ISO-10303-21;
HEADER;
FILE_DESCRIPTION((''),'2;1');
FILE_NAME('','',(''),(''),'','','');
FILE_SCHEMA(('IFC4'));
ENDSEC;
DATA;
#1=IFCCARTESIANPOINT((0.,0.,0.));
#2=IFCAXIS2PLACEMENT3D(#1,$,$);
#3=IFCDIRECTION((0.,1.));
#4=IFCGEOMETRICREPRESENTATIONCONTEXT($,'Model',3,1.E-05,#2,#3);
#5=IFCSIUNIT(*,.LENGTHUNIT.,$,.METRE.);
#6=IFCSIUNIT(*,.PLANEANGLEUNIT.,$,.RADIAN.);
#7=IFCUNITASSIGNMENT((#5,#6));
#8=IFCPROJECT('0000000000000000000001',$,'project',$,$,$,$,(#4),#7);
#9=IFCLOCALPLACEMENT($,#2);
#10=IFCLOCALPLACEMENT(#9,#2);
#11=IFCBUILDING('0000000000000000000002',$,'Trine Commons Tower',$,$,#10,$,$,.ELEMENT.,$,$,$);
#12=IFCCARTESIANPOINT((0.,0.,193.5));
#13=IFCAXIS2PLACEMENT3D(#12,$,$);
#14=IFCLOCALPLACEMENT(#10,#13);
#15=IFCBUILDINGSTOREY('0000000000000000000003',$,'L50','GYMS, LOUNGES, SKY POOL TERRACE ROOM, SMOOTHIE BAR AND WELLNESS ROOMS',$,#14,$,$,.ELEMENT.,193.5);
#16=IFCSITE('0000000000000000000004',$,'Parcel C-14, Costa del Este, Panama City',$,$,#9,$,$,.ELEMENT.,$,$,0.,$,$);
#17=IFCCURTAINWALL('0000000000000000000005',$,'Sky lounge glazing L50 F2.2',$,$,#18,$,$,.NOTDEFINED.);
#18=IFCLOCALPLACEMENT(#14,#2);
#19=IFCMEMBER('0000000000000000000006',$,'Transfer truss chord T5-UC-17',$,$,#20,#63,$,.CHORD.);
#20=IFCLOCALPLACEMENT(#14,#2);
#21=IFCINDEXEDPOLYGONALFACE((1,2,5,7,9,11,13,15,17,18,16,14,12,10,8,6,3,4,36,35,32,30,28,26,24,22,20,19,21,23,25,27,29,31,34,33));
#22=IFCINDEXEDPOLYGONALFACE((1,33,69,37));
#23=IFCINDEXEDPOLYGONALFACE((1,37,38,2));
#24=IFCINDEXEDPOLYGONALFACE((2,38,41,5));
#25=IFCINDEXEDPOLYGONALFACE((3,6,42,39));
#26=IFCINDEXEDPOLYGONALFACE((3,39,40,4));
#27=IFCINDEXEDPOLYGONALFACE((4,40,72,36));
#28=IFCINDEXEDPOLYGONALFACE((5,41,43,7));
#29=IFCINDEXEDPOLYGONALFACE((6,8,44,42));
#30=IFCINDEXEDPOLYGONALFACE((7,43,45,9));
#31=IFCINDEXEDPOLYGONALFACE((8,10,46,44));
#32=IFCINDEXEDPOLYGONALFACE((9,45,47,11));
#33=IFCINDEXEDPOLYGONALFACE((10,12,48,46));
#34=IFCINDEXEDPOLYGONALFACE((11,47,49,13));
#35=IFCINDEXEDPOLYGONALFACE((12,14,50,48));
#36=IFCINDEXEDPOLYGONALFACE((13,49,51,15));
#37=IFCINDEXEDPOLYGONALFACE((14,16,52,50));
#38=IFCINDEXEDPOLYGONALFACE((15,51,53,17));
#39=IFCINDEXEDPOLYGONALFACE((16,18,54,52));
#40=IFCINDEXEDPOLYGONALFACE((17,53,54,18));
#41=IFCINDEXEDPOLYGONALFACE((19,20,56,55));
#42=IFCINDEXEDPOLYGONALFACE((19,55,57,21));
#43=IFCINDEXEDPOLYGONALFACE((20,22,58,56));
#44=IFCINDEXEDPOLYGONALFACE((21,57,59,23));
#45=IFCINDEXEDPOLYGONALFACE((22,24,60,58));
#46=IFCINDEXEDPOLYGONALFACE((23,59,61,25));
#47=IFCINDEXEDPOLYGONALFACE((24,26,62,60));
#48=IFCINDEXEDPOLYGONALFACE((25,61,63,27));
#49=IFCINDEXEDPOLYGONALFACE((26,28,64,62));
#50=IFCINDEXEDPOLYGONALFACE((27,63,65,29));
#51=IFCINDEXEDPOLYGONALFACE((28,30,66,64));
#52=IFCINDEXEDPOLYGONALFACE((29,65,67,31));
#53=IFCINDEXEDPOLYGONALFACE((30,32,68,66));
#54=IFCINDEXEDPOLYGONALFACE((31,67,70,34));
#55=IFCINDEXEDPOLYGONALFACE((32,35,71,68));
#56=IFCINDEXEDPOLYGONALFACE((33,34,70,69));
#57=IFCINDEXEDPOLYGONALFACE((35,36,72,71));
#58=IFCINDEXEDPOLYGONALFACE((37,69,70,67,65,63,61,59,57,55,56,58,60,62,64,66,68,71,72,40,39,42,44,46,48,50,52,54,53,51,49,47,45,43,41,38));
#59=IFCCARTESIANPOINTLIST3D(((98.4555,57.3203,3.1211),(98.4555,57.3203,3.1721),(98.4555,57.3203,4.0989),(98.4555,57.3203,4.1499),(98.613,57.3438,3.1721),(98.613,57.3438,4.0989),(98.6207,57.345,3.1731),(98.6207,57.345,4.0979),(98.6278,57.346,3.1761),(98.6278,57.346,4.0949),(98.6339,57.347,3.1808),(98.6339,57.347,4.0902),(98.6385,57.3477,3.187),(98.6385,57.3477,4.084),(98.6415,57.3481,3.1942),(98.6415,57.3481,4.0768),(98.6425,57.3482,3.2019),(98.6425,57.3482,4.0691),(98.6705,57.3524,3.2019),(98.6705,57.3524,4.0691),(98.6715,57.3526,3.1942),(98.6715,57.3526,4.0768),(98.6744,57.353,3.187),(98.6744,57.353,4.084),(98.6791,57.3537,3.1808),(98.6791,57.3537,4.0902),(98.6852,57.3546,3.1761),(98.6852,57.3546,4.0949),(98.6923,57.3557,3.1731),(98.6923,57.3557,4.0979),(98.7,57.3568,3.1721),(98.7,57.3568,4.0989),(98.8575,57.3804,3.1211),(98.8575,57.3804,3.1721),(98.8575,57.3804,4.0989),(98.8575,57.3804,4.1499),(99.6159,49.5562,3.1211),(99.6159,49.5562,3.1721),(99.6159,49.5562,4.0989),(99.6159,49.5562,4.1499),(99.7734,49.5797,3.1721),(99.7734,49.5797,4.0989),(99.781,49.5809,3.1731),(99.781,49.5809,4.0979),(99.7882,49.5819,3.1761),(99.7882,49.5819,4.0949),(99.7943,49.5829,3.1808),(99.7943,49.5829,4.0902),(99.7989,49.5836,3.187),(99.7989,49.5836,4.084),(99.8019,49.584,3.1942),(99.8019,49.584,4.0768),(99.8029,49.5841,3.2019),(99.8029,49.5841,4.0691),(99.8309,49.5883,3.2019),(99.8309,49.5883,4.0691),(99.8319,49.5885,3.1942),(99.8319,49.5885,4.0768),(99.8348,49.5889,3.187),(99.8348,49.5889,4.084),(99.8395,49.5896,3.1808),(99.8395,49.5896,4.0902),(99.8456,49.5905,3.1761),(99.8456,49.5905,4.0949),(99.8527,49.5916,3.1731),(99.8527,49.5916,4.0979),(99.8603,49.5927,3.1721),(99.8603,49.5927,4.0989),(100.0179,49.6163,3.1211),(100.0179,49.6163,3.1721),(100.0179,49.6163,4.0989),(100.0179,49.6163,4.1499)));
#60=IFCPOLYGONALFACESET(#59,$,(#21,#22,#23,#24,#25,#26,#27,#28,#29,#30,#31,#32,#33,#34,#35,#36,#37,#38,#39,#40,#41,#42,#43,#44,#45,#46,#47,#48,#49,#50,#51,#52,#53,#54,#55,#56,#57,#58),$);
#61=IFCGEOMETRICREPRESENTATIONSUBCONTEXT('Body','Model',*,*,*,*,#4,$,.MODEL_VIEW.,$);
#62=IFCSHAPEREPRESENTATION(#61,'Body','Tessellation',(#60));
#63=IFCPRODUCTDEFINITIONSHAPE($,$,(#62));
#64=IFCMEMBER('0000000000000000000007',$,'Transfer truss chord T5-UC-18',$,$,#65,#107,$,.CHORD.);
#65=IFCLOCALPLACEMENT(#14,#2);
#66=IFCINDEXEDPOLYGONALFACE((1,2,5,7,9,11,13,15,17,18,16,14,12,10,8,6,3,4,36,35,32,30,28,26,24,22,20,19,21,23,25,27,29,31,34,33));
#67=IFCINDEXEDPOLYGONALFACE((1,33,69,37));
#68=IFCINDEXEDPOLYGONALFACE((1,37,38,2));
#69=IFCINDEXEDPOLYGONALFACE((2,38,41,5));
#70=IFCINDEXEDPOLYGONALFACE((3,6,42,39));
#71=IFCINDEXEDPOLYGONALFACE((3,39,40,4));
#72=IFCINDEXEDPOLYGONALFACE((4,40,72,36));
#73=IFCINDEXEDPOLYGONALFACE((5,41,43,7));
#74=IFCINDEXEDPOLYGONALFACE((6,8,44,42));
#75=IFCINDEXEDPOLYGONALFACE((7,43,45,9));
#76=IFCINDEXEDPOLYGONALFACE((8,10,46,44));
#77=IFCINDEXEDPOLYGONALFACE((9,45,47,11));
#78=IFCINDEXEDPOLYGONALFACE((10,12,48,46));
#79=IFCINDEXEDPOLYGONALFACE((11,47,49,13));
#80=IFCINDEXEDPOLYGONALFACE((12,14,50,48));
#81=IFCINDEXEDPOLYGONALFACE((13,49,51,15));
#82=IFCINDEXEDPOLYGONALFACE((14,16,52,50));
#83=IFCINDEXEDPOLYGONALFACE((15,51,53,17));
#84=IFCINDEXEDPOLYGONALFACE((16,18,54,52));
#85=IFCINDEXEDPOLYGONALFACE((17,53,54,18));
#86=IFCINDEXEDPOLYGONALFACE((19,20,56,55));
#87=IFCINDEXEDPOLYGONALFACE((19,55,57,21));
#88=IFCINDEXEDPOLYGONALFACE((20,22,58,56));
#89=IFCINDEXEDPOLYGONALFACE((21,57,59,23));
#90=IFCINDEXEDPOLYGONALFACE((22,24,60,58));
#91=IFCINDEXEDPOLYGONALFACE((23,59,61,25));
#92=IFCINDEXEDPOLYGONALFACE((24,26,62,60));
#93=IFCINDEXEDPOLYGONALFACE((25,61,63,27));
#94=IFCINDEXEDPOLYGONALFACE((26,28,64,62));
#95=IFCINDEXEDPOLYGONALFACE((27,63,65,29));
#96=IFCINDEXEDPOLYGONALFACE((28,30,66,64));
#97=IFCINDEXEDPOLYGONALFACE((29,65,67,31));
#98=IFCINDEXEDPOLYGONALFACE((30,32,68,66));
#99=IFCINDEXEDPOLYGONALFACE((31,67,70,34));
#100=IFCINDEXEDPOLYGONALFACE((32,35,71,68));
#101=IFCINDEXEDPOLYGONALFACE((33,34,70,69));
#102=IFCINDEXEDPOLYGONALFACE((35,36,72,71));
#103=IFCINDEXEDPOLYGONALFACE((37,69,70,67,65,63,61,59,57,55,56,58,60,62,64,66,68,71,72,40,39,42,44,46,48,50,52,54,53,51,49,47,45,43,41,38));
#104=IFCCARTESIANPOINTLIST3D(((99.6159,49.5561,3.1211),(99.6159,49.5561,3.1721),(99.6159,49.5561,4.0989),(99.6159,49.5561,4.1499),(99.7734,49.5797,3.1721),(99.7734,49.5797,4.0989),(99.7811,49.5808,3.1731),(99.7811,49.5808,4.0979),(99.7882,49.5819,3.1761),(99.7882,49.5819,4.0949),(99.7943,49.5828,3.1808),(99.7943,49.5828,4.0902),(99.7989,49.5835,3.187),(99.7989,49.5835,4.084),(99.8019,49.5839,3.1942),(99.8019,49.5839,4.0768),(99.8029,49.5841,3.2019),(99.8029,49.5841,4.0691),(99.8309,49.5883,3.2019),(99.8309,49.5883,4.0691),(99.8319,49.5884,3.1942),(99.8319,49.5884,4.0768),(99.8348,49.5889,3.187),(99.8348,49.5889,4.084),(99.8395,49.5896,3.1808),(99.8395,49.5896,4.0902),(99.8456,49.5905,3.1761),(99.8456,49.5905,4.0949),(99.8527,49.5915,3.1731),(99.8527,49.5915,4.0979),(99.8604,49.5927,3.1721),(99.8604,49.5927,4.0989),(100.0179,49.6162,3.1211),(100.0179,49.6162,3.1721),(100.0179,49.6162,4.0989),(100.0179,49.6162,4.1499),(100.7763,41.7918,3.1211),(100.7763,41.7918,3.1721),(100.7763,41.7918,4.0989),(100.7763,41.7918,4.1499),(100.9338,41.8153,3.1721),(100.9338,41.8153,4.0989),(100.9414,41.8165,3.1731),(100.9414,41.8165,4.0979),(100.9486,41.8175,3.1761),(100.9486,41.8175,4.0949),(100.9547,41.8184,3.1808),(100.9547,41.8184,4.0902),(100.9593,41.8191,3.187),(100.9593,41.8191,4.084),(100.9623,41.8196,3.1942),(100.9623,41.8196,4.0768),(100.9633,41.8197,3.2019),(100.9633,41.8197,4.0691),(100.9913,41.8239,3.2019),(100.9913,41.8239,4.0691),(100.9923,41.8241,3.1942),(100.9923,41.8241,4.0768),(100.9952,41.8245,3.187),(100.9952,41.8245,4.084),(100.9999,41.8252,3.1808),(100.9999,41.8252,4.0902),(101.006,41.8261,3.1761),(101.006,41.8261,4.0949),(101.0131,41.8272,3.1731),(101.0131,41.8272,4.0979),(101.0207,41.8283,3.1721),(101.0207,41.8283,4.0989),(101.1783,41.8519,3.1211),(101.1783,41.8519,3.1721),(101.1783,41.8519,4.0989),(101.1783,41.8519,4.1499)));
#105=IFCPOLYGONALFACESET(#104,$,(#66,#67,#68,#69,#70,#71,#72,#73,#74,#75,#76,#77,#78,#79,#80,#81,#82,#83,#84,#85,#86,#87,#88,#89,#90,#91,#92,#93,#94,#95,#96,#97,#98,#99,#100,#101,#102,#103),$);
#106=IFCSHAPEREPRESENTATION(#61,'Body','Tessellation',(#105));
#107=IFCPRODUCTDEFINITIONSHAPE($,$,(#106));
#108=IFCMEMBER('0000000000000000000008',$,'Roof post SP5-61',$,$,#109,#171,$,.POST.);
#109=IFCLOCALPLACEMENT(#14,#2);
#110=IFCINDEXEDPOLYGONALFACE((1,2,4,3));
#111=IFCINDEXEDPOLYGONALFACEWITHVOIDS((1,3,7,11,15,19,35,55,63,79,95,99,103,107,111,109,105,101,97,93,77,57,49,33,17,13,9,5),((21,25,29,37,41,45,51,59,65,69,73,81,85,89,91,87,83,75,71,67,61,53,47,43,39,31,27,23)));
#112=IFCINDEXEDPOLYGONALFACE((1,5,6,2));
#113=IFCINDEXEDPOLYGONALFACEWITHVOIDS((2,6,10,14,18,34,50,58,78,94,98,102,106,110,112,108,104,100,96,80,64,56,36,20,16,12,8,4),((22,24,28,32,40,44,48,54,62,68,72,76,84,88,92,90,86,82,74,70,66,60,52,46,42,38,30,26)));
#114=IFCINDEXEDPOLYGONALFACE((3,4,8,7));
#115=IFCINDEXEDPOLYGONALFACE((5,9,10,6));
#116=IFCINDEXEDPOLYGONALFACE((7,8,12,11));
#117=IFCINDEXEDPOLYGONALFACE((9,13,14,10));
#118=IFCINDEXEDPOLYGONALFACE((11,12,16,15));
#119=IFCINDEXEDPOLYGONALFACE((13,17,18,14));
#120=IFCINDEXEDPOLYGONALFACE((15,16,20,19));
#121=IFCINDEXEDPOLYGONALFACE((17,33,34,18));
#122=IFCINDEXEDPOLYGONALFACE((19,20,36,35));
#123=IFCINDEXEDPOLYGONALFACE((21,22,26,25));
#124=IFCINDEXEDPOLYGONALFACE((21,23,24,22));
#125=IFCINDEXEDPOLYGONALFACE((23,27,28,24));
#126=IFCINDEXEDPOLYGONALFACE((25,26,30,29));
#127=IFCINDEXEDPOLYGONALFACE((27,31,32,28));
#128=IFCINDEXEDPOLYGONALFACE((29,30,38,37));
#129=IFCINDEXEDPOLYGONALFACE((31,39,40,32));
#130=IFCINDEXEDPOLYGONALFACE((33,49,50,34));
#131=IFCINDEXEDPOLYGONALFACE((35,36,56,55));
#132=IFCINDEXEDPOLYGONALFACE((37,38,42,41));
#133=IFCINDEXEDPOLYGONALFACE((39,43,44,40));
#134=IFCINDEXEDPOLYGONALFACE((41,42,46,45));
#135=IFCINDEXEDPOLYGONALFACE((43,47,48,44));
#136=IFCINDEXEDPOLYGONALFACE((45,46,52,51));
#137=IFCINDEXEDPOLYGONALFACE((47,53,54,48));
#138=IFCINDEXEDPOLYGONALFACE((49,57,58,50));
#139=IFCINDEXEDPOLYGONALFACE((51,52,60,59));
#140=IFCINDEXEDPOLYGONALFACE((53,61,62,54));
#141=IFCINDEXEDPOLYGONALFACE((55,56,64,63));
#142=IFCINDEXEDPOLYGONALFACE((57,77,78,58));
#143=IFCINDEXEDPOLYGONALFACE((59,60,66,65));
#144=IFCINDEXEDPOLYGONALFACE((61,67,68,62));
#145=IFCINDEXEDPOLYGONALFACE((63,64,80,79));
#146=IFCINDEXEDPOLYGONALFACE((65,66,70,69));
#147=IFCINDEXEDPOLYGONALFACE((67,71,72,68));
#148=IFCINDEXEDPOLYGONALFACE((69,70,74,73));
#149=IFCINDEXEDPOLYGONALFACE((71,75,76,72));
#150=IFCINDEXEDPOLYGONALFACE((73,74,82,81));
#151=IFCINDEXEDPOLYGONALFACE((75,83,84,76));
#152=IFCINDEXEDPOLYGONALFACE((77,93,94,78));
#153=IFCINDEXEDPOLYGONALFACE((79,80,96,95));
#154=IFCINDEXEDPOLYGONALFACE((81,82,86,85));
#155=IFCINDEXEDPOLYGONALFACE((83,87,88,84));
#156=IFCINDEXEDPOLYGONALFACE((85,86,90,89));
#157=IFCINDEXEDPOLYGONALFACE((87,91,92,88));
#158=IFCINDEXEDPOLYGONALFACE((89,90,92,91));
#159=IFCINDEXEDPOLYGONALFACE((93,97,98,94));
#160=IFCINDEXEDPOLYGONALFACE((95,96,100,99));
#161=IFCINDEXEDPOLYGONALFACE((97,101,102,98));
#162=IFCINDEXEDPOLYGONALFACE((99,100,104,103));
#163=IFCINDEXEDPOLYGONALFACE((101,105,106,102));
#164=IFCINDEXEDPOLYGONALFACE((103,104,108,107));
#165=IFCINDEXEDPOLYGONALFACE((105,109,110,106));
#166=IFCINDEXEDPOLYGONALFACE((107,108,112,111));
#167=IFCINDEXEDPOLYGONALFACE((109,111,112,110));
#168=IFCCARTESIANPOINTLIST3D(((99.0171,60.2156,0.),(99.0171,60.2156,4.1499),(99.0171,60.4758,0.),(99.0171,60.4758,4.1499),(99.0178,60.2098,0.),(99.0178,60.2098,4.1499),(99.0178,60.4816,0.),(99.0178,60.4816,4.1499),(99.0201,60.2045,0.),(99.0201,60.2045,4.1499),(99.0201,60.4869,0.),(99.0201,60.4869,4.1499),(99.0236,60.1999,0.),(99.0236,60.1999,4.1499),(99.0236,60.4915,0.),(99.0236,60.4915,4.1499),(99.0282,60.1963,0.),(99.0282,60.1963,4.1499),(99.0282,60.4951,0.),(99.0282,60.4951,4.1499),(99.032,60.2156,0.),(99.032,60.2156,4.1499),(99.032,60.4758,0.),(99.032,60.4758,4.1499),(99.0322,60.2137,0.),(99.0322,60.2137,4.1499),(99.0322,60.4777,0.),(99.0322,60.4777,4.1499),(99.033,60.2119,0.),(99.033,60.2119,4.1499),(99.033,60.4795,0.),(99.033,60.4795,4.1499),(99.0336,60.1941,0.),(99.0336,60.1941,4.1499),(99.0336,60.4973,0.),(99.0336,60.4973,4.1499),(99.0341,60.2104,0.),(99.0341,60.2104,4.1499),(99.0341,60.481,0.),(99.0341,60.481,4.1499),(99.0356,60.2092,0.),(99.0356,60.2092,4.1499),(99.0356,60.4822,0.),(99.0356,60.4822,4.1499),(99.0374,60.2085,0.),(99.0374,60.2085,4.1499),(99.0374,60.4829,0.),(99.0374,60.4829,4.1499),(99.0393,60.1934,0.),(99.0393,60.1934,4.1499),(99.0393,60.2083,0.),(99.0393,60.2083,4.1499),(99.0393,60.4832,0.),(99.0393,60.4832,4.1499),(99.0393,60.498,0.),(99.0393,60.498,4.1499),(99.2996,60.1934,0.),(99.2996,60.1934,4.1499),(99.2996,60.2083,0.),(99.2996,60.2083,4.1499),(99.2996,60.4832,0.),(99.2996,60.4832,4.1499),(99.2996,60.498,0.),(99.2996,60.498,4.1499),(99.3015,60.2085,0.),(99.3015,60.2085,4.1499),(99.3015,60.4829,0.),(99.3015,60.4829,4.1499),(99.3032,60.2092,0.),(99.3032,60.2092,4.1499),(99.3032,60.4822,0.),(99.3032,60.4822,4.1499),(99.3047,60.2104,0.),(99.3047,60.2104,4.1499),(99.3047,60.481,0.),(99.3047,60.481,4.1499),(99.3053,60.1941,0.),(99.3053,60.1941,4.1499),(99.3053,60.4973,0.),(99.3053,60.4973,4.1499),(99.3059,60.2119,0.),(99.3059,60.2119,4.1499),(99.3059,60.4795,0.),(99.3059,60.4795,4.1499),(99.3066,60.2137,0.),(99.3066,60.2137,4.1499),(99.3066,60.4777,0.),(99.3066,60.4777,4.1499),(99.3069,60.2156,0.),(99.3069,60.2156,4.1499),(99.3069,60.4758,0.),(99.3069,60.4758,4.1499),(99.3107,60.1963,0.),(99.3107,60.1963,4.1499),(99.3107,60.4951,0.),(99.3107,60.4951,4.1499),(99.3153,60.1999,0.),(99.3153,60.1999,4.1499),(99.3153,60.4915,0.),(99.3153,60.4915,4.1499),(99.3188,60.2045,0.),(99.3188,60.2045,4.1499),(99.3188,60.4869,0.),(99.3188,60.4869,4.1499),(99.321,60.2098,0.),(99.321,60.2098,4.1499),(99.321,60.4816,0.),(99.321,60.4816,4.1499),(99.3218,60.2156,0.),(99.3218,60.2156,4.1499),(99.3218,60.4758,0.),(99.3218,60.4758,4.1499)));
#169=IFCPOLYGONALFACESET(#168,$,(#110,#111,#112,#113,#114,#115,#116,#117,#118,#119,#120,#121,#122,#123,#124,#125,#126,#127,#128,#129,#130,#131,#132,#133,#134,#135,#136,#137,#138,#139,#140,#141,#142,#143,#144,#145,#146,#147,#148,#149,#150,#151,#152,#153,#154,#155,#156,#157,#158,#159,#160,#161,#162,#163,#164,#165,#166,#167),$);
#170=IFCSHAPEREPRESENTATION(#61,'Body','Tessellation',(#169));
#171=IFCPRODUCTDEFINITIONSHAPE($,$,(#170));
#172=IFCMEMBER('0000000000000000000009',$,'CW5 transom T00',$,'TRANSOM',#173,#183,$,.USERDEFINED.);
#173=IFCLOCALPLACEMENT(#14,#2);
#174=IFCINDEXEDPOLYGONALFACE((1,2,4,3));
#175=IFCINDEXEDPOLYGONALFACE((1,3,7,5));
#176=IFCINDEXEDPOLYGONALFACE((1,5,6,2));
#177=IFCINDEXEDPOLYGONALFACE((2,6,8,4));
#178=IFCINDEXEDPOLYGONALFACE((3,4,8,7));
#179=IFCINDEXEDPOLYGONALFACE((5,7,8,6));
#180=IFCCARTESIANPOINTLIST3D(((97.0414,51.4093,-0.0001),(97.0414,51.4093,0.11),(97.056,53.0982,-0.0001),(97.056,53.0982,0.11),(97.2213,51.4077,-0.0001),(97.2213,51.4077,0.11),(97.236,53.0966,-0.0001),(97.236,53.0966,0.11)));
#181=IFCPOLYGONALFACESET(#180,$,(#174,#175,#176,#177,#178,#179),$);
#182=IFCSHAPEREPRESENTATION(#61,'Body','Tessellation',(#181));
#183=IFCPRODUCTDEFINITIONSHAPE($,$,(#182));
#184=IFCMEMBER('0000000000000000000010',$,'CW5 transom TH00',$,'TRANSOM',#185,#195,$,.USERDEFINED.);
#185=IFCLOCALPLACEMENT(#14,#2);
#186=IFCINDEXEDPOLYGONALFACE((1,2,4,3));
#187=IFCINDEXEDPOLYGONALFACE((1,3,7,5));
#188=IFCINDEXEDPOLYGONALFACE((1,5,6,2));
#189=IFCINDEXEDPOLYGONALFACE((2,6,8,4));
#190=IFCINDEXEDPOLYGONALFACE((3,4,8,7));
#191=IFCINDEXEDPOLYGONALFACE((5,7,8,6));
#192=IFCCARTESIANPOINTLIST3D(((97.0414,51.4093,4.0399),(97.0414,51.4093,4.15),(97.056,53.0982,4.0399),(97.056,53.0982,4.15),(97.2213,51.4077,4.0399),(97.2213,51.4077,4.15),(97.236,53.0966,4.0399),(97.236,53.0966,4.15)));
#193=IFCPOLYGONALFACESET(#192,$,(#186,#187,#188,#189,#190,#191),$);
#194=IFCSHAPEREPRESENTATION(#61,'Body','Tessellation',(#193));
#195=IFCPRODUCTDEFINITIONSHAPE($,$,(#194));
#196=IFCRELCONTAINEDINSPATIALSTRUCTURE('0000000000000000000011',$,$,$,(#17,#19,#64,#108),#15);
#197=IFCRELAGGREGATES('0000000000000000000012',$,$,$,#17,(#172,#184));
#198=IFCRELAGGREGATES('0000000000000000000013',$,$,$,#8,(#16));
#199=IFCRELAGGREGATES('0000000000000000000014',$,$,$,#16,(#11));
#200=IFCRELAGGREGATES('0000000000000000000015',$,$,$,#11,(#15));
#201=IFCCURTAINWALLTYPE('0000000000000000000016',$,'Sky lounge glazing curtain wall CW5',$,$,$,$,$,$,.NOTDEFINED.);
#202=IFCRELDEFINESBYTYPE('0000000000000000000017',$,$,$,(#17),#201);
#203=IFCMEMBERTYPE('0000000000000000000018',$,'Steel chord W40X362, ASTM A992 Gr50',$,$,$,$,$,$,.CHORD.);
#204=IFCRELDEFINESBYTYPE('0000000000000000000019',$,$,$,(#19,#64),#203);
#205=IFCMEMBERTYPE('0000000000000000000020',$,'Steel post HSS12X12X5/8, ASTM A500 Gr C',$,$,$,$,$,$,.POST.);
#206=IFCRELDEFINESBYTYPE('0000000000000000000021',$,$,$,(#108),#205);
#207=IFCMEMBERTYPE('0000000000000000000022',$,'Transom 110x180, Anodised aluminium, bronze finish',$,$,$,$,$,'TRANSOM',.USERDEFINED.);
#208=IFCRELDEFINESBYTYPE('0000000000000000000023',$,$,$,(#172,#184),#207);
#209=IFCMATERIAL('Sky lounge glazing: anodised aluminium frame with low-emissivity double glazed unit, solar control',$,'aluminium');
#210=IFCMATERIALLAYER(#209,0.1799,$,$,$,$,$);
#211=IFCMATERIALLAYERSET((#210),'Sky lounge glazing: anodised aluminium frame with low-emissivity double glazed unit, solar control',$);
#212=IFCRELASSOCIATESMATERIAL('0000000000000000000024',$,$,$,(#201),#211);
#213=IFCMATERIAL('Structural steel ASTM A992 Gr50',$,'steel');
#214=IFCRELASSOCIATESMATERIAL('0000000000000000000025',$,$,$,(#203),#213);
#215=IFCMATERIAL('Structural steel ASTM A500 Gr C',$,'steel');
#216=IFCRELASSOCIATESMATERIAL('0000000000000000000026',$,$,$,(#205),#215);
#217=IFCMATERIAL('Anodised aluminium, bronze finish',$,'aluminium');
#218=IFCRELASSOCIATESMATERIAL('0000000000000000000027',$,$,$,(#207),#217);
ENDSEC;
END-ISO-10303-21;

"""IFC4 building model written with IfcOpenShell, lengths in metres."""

from ifc_helpers import new_model, si_unit, direction, frame, origin, origin_2d, place, context, subcontext, project, spatial, rectangle, hollow_rectangle, i_section, extrude, material, layer, layer_set, material_profile, profile_set, type_object, element, aggregate, save


model = new_model("IFC4")

# Units and contexts
model_context = context("Model", 3, precision=1e-05, world=origin(), true_north=direction((0.0, 1.0)))
body_context = subcontext(model_context, "Body", "Model", "MODEL_VIEW")
ifc_project = project(units=[si_unit("LENGTHUNIT", "METRE"), si_unit("PLANEANGLEUNIT", "RADIAN")], contexts=[model_context])

# Site, building, storey
site_placement = place(None, origin())
site = spatial("IfcSite", under=ifc_project, at=site_placement, Name="Parcel C-14, Costa del Este, Panama City", CompositionType="ELEMENT", RefElevation=0.0)
building_placement = place(site_placement, origin())
building = spatial("IfcBuilding", under=site, at=building_placement, Name="Trine Commons Tower", CompositionType="ELEMENT")
storey_placement = place(building_placement, frame((0.0, 0.0, 193.5)))
storey = spatial("IfcBuildingStorey", under=building, at=storey_placement, Name="L50", Description="GYMS, LOUNGES, SKY POOL TERRACE ROOM, SMOOTHIE BAR AND WELLNESS ROOMS", CompositionType="ELEMENT", Elevation=193.5)

# Curtain wall
ifc_material_1 = material(Name="Sky lounge glazing: anodised aluminium frame with low-emissivity double glazed unit, solar control", Category="aluminium")
ifc_layer_1 = layer(ifc_material_1, 0.1799)
ifc_layer_set_1 = layer_set([ifc_layer_1], Name="Sky lounge glazing: anodised aluminium frame with low-emissivity double glazed unit, solar control")
curtain_wall_type = type_object("IfcCurtainWallType", Name="Sky lounge glazing curtain wall CW5", PredefinedType="NOTDEFINED", material=ifc_layer_set_1)
curtain_wall_1_placement = place(storey_placement, origin())
curtain_wall_1 = element("IfcCurtainWall", 1, at=curtain_wall_1_placement, inside=storey, type_object=curtain_wall_type, Name="Sky lounge glazing L50 F2.2", PredefinedType="NOTDEFINED")
ifc_material_2 = material(Name="Anodised aluminium, bronze finish", Category="aluminium")

# Members
ifc_material_3 = material(Name="Structural steel ASTM A992 Gr50", Category="steel")
ifc_material_profile_1 = material_profile(ifc_material_3, i_section(OverallWidth=0.4065, OverallDepth=1.0288, WebThickness=0.0283, FlangeThickness=0.051, FilletRadius=0.0298, at=origin_2d()), Name="W40X362")
ifc_profile_set_1 = profile_set([ifc_material_profile_1], Name="Structural steel ASTM A992 Gr50")
member_type_1 = type_object("IfcMemberType", Name="Steel chord W40X362, ASTM A992 Gr50", PredefinedType="CHORD", material=ifc_profile_set_1)
member_1_placement = place(storey_placement, frame((98.6565, 57.3503, 3.6355), z_axis=(0.147814, -0.989015, 0.0), x_axis=(0.989015, 0.147814, 0.0)))
element("IfcMember", 2, at=member_1_placement, inside=storey, type_object=member_type_1, Name="Transfer truss chord T5-UC-17", PredefinedType="CHORD", context=body_context, shape_type="SweptSolid", body=[
    extrude(i_section(OverallWidth=0.4065, OverallDepth=1.0288, WebThickness=0.0283, FlangeThickness=0.051, FilletRadius=0.0298, at=origin_2d()), origin(), (0.0, 0.0, 1.0), 7.8503),
])
member_2_placement = place(storey_placement, frame((99.8169, 49.5862, 3.6355), z_axis=(0.14781, -0.989016, 0.0), x_axis=(0.989016, 0.14781, 0.0)))
element("IfcMember", 3, at=member_2_placement, inside=storey, type_object=member_type_1, Name="Transfer truss chord T5-UC-18", PredefinedType="CHORD", context=body_context, shape_type="SweptSolid", body=[
    extrude(i_section(OverallWidth=0.4065, OverallDepth=1.0288, WebThickness=0.0283, FlangeThickness=0.051, FilletRadius=0.0298, at=origin_2d()), origin(), (0.0, 0.0, 1.0), 7.8506),
])
ifc_material_4 = material(Name="Structural steel ASTM A500 Gr C", Category="steel")
ifc_material_profile_2 = material_profile(ifc_material_4, hollow_rectangle(XDim=0.3047, YDim=0.3047, WallThickness=0.0149, InnerFilletRadius=0.0073, OuterFilletRadius=0.0222, at=origin_2d()), Name="HSS12X12X5/8")
ifc_profile_set_2 = profile_set([ifc_material_profile_2], Name="Structural steel ASTM A500 Gr C")
member_type_2 = type_object("IfcMemberType", Name="Steel post HSS12X12X5/8, ASTM A500 Gr C", PredefinedType="POST", material=ifc_profile_set_2)
member_3_placement = place(storey_placement, frame((99.1694, 60.3457, 0.0), z_axis=(0.0, 0.0, 1.0), x_axis=(1.0, 0.0, 0.0)))
element("IfcMember", 4, at=member_3_placement, inside=storey, type_object=member_type_2, Name="Roof post SP5-61", PredefinedType="POST", context=body_context, shape_type="SweptSolid", body=[
    extrude(hollow_rectangle(XDim=0.3047, YDim=0.3047, WallThickness=0.0149, InnerFilletRadius=0.0073, OuterFilletRadius=0.0222, at=origin_2d()), origin(), (0.0, 0.0, 1.0), 4.1499),
])

# Members
ifc_material_profile_3 = material_profile(ifc_material_2, rectangle(XDim=0.1799, YDim=0.1101, at=origin_2d()), Name="Transom 110x180")
ifc_profile_set_3 = profile_set([ifc_material_profile_3], Name="Anodised aluminium, bronze finish")
member_type_3 = type_object("IfcMemberType", Name="Transom 110x180, Anodised aluminium, bronze finish", ElementType="TRANSOM", PredefinedType="USERDEFINED", material=ifc_profile_set_3)
member_4_placement = place(storey_placement, frame((97.146, 53.0974, 0.0549), z_axis=(-0.008673, -0.999962, 0.0), x_axis=(0.999962, -0.008673, 0.0)))
member_4 = element("IfcMember", 5, at=member_4_placement, type_object=member_type_3, Name="CW5 transom T00", ObjectType="TRANSOM", PredefinedType="USERDEFINED", context=body_context, shape_type="SweptSolid", body=[
    extrude(rectangle(XDim=0.1799, YDim=0.1101, at=origin_2d()), origin(), (0.0, 0.0, 1.0), 1.689),
])
member_5_placement = place(storey_placement, frame((97.146, 53.0974, 4.095), z_axis=(-0.008673, -0.999962, 0.0), x_axis=(0.999962, -0.008673, 0.0)))
member_5 = element("IfcMember", 6, at=member_5_placement, type_object=member_type_3, Name="CW5 transom TH00", ObjectType="TRANSOM", PredefinedType="USERDEFINED", context=body_context, shape_type="SweptSolid", body=[
    extrude(rectangle(XDim=0.1799, YDim=0.1101, at=origin_2d()), origin(), (0.0, 0.0, 1.0), 1.689),
])

aggregate(curtain_wall_1, [member_4, member_5])

save(model, "model.ifc")
